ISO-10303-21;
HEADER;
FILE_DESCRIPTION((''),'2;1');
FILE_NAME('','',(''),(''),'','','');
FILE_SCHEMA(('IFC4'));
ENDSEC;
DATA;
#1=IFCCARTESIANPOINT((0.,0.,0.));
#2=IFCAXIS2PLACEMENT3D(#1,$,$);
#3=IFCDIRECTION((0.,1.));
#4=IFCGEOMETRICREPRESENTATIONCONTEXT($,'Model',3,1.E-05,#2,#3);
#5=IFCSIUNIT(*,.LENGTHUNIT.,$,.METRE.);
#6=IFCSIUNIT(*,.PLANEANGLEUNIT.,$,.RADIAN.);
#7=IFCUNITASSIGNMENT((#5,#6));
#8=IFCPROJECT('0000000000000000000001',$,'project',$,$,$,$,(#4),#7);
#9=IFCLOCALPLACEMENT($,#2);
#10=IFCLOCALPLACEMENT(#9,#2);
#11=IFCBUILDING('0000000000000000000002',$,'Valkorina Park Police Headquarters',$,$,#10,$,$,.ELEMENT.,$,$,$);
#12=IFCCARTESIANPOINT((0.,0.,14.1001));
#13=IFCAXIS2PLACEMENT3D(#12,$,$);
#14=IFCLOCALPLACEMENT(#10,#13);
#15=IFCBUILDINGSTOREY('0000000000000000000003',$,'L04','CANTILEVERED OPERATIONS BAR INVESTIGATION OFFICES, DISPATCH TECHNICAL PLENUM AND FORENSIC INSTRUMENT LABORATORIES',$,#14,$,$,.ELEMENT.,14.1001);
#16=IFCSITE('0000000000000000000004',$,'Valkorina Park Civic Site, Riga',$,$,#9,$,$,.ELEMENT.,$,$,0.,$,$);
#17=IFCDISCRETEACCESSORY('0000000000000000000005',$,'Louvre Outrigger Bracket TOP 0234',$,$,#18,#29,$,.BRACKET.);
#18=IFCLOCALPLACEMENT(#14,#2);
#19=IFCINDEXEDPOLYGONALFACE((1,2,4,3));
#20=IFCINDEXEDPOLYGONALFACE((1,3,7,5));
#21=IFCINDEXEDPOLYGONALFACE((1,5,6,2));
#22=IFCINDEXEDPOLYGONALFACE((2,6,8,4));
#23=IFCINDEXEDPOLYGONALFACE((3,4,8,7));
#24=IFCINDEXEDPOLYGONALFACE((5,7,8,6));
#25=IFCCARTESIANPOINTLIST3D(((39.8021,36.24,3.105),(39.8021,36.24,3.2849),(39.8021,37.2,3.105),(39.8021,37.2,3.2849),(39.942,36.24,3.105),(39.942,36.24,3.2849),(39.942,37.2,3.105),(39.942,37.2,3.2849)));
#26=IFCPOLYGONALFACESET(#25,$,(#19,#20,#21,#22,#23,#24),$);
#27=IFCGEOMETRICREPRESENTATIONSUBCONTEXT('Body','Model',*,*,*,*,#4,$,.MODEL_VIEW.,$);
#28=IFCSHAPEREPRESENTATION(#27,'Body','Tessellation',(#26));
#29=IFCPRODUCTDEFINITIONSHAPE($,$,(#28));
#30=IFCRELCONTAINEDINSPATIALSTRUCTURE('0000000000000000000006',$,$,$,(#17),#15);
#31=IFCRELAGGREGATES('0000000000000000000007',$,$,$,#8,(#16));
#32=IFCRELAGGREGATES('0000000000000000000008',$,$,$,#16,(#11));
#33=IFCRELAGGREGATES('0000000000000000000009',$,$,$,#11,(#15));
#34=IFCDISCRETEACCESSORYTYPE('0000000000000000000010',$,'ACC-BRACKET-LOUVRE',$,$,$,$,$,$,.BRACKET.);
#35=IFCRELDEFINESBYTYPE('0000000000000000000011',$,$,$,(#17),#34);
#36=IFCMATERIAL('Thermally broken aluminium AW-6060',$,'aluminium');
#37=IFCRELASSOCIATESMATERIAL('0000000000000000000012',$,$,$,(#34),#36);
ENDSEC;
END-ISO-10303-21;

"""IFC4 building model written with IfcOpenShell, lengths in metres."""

from ifc_helpers import new_model, si_unit, direction, frame, origin, origin_2d, place, context, subcontext, project, spatial, rectangle, extrude, material, type_object, element, save


model = new_model("IFC4")

# Units and contexts
model_context = context("Model", 3, precision=1e-05, world=origin(), true_north=direction((0.0, 1.0)))
body_context = subcontext(model_context, "Body", "Model", "MODEL_VIEW")
ifc_project = project(units=[si_unit("LENGTHUNIT", "METRE"), si_unit("PLANEANGLEUNIT", "RADIAN")], contexts=[model_context])

# Site, building, storey
site_placement = place(None, origin())
site = spatial("IfcSite", under=ifc_project, at=site_placement, Name="Valkorina Park Civic Site, Riga", CompositionType="ELEMENT", RefElevation=0.0)
building_placement = place(site_placement, origin())
building = spatial("IfcBuilding", under=site, at=building_placement, Name="Valkorina Park Police Headquarters", CompositionType="ELEMENT")
storey_placement = place(building_placement, frame((0.0, 0.0, 14.1001)))
storey = spatial("IfcBuildingStorey", under=building, at=storey_placement, Name="L04", Description="CANTILEVERED OPERATIONS BAR INVESTIGATION OFFICES, DISPATCH TECHNICAL PLENUM AND FORENSIC INSTRUMENT LABORATORIES", CompositionType="ELEMENT", Elevation=14.1001)

# Shared definitions
ifc_material_1 = material(Name="Thermally broken aluminium AW-6060", Category="aluminium")

# Discrete accessory
discrete_accessory_type = type_object("IfcDiscreteAccessoryType", Name="ACC-BRACKET-LOUVRE", PredefinedType="BRACKET", material=ifc_material_1)
for number, where, z_axis, x_axis, name in (
    (1, (39.8721, 36.72, 3.105), (0.0, 0.0, 1.0), (0.0, -1.0, 0.0), "Louvre Outrigger Bracket TOP 0234"),
):
    element("IfcDiscreteAccessory", number, at=place(storey_placement, frame(where, z_axis=z_axis, x_axis=x_axis)), inside=storey, type_object=discrete_accessory_type, Name=name, PredefinedType="BRACKET", context=body_context, shape_type="SweptSolid", body=[
        extrude(rectangle(XDim=0.96, YDim=0.1399, at=origin_2d()), origin(), (0.0, 0.0, 1.0), 0.1799),
    ])

save(model, "model.ifc")
